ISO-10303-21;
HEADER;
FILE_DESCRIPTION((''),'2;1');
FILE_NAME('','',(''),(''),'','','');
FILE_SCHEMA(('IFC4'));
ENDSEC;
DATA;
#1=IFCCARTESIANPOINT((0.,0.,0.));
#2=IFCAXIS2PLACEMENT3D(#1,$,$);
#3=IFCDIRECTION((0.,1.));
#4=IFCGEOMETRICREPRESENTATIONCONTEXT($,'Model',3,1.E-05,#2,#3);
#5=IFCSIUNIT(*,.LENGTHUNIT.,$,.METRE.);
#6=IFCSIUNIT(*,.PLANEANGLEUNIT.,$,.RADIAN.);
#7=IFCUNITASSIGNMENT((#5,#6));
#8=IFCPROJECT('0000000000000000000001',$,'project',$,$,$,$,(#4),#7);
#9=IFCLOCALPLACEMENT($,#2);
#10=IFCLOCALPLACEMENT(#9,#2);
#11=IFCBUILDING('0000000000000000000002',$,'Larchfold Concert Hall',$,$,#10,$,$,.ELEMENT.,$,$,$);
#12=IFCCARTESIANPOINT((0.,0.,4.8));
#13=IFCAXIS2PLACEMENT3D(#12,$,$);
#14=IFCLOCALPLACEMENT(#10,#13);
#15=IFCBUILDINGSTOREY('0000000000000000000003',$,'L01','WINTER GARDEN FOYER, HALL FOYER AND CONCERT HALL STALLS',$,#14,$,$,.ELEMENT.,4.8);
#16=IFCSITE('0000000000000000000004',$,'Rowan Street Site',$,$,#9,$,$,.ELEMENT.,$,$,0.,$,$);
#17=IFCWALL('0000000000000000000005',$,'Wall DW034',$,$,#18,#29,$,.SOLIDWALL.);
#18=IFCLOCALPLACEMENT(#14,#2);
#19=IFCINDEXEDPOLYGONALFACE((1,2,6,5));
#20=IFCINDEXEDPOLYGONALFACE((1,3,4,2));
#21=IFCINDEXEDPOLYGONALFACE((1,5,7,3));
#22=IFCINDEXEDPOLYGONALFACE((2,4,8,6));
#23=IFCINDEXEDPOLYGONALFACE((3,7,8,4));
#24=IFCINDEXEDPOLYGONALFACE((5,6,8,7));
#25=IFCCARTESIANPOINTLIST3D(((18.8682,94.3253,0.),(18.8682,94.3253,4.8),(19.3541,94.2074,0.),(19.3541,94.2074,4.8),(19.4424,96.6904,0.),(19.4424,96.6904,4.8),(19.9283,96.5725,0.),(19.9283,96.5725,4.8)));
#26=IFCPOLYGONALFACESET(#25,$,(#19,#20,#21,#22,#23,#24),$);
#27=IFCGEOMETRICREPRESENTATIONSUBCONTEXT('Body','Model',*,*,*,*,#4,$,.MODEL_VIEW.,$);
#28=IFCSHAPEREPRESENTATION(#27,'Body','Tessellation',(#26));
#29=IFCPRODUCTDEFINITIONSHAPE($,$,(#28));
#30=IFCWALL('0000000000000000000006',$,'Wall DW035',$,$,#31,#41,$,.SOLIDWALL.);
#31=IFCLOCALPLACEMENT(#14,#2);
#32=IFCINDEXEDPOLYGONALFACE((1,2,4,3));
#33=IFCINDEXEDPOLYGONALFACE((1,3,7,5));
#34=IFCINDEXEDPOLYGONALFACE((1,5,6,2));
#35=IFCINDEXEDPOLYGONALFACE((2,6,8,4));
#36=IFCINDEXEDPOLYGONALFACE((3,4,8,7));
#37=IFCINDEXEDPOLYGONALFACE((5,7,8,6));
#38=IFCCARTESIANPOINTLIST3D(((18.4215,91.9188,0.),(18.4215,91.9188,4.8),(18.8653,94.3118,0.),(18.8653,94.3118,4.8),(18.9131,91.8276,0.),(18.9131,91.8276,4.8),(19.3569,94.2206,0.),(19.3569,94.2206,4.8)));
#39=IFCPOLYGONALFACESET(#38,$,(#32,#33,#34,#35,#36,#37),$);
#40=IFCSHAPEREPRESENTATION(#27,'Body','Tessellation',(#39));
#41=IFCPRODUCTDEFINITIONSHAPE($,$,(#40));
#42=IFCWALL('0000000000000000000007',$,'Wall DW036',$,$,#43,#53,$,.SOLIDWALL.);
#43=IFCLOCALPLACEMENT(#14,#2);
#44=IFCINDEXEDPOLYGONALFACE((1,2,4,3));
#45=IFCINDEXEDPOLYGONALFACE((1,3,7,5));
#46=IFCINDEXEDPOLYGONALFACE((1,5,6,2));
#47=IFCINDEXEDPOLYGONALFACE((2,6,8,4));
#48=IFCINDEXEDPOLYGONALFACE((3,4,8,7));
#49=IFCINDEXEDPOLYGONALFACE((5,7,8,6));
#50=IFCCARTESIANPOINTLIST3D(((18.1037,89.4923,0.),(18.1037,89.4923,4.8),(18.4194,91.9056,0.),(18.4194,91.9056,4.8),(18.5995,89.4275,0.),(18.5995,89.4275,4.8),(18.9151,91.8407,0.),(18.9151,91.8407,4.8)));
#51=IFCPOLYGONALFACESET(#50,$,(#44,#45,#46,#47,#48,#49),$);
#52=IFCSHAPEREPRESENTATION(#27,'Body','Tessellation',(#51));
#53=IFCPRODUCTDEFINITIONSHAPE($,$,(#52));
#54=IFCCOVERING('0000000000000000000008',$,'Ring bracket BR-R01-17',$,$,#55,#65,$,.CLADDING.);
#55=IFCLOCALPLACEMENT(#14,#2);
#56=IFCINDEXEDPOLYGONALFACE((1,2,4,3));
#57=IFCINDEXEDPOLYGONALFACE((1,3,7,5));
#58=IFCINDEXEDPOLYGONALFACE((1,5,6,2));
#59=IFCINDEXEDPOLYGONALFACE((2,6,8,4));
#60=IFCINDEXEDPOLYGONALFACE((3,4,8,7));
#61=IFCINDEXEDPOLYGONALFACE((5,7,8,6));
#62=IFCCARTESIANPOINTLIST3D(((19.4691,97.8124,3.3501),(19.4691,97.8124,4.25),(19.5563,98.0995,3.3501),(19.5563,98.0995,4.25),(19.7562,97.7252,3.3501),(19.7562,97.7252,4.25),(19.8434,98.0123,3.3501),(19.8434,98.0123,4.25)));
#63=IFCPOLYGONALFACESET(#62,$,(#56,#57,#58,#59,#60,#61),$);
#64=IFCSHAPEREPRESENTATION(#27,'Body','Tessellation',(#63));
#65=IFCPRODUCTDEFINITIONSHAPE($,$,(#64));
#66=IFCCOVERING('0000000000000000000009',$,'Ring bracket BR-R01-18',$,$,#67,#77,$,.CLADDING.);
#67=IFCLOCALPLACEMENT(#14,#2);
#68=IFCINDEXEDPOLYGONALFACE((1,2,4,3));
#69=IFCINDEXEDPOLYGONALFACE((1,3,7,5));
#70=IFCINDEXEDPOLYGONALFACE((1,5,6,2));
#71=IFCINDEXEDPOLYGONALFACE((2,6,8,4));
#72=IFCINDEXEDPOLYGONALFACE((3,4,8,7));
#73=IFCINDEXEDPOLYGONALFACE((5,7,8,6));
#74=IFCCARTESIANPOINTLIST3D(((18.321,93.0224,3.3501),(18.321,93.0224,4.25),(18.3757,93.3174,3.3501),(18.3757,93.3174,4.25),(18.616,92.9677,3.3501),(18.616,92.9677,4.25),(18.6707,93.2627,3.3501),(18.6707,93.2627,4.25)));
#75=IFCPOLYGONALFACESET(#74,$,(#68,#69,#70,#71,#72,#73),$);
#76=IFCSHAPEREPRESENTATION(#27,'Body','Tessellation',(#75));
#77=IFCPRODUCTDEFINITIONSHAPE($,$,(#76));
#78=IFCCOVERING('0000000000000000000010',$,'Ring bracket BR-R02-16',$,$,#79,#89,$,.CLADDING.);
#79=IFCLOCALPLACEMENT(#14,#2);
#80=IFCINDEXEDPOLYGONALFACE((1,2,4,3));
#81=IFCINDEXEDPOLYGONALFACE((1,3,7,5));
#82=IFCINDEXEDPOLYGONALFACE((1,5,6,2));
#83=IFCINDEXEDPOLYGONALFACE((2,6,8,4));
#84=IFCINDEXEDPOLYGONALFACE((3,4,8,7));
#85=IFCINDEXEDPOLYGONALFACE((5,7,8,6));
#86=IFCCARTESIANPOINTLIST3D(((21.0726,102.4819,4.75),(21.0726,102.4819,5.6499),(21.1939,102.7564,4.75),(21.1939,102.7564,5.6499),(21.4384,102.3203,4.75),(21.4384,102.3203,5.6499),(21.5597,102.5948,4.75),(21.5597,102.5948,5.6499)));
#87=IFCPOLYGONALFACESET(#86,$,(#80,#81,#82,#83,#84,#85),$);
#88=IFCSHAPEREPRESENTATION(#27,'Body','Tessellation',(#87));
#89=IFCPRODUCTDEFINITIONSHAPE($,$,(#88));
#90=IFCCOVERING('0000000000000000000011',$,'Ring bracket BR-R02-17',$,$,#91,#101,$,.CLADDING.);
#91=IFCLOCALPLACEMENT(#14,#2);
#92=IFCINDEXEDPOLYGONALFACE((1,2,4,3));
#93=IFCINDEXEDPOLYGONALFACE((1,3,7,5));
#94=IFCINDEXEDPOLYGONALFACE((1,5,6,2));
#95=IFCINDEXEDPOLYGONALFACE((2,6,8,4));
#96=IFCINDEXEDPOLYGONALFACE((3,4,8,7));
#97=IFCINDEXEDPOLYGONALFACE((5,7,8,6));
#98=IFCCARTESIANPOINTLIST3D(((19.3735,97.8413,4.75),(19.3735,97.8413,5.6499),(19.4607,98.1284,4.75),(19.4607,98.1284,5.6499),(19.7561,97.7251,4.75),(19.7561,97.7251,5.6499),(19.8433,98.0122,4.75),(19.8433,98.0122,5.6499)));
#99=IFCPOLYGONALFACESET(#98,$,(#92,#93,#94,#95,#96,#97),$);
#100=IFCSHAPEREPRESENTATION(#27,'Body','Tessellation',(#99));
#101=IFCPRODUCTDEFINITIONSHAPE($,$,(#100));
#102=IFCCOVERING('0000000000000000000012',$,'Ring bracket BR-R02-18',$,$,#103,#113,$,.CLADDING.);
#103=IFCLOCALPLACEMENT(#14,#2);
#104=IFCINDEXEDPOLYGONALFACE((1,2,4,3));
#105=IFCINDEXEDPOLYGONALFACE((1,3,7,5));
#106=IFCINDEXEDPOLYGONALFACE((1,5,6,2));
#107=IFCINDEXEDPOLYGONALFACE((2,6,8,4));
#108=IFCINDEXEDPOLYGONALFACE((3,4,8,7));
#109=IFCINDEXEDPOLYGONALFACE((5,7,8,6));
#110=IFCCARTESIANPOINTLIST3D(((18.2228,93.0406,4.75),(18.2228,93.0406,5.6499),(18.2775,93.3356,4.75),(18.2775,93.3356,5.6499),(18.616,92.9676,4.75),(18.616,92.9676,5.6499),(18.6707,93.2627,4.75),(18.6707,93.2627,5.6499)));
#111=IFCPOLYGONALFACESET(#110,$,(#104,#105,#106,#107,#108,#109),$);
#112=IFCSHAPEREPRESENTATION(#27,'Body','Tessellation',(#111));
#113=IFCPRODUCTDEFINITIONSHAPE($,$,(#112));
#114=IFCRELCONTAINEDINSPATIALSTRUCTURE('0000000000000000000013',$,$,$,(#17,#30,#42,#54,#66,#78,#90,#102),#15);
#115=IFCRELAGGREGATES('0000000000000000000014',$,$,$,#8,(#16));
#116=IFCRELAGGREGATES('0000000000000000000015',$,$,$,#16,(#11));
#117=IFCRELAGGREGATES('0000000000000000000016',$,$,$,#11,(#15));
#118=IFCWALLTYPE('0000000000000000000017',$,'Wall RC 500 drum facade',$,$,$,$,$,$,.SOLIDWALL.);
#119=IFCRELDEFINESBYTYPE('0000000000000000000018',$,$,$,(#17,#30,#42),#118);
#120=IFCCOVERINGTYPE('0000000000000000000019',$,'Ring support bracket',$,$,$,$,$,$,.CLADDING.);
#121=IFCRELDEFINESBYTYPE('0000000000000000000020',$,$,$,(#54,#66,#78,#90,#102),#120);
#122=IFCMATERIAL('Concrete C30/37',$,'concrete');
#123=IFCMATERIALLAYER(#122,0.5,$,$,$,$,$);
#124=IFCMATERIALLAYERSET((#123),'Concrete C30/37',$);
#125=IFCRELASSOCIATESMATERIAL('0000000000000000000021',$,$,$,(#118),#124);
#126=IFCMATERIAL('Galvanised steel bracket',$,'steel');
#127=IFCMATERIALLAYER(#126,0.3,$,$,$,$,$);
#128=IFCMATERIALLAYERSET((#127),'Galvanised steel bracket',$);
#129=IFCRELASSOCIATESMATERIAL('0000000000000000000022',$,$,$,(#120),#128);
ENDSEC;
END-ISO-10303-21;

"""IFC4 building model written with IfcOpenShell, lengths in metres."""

from ifc_helpers import new_model, si_unit, direction, frame, frame_2d, origin, origin_2d, place, context, subcontext, project, spatial, rectangle, extrude, material, layer, layer_set, type_object, element, save


model = new_model("IFC4")

# Units and contexts
model_context = context("Model", 3, precision=1e-05, world=origin(), true_north=direction((0.0, 1.0)))
body_context = subcontext(model_context, "Body", "Model", "MODEL_VIEW")
ifc_project = project(units=[si_unit("LENGTHUNIT", "METRE"), si_unit("PLANEANGLEUNIT", "RADIAN")], contexts=[model_context])

# Site, building, storey
site_placement = place(None, origin())
site = spatial("IfcSite", under=ifc_project, at=site_placement, Name="Rowan Street Site", CompositionType="ELEMENT", RefElevation=0.0)
building_placement = place(site_placement, origin())
building = spatial("IfcBuilding", under=site, at=building_placement, Name="Larchfold Concert Hall", CompositionType="ELEMENT")
storey_placement = place(building_placement, frame((0.0, 0.0, 4.8)))
storey = spatial("IfcBuildingStorey", under=building, at=storey_placement, Name="L01", Description="WINTER GARDEN FOYER, HALL FOYER AND CONCERT HALL STALLS", CompositionType="ELEMENT", Elevation=4.8)

# Walls
ifc_material_1 = material(Name="Concrete C30/37", Category="concrete")
ifc_layer_1 = layer(ifc_material_1, 0.5)
ifc_layer_set_1 = layer_set([ifc_layer_1], Name="Concrete C30/37")
wall_type = type_object("IfcWallType", Name="Wall RC 500 drum facade", PredefinedType="SOLIDWALL", material=ifc_layer_set_1)
for number, where, z_axis, x_axis, name in (
    (1, (19.6853, 96.6313, 0.0), (0.0, 0.0, 1.0), (-0.235922, -0.971772, 0.0), "Wall DW034"),
    (2, (19.1111, 94.2661, 0.0), (0.0, 0.0, 1.0), (-0.182362, -0.983231, 0.0), "Wall DW035"),
    (3, (18.6672, 91.873, 0.0), (0.0, 0.0, 1.0), (-0.129699, -0.991553, 0.0), "Wall DW036"),
):
    element("IfcWall", number, at=place(storey_placement, frame(where, z_axis=z_axis, x_axis=x_axis)), inside=storey, type_object=wall_type, Name=name, PredefinedType="SOLIDWALL", context=body_context, shape_type="SweptSolid", body=[
        extrude(rectangle(XDim=2.4338, YDim=0.5, at=frame_2d((1.2168, 0.0))), origin(), (0.0, 0.0, 1.0), 4.8),
    ])

# Coverings
ifc_material_2 = material(Name="Galvanised steel bracket", Category="steel")
ifc_layer_2 = layer(ifc_material_2, 0.3)
ifc_layer_set_2 = layer_set([ifc_layer_2], Name="Galvanised steel bracket")
covering_type = type_object("IfcCoveringType", Name="Ring support bracket", PredefinedType="CLADDING", material=ifc_layer_set_2)
for number, where, z_axis, x_axis, name in (
    (4, (19.6562, 97.9124, 3.3501), (0.0, 0.0, 1.0), (-0.956855, 0.290566, 0.0), "Ring bracket BR-R01-17"),
    (5, (18.4958, 93.1426, 3.3501), (0.0, 0.0, 1.0), (-0.983232, 0.182361, 0.0), "Ring bracket BR-R01-18"),
):
    element("IfcCovering", number, at=place(storey_placement, frame(where, z_axis=z_axis, x_axis=x_axis)), inside=storey, type_object=covering_type, Name=name, PredefinedType="CLADDING", context=body_context, shape_type="SweptSolid", body=[
        extrude(rectangle(XDim=0.3, YDim=0.3, at=origin_2d()), origin(), (0.0, 0.0, 1.0), 0.8999),
    ])
for number, where, z_axis, x_axis, name in (
    (6, (21.3162, 102.5383, 4.75), (0.0, 0.0, 1.0), (-0.914701, 0.404131, 0.0), "Ring bracket BR-R02-16"),
    (7, (19.6084, 97.9268, 4.75), (0.0, 0.0, 1.0), (-0.956855, 0.290566, 0.0), "Ring bracket BR-R02-17"),
    (8, (18.4468, 93.1516, 4.75), (0.0, 0.0, 1.0), (-0.983232, 0.182361, 0.0), "Ring bracket BR-R02-18"),
):
    element("IfcCovering", number, at=place(storey_placement, frame(where, z_axis=z_axis, x_axis=x_axis)), inside=storey, type_object=covering_type, Name=name, PredefinedType="CLADDING", context=body_context, shape_type="SweptSolid", body=[
        extrude(rectangle(XDim=0.3999, YDim=0.3, at=origin_2d()), origin(), (0.0, 0.0, 1.0), 0.8999),
    ])

save(model, "model.ifc")
